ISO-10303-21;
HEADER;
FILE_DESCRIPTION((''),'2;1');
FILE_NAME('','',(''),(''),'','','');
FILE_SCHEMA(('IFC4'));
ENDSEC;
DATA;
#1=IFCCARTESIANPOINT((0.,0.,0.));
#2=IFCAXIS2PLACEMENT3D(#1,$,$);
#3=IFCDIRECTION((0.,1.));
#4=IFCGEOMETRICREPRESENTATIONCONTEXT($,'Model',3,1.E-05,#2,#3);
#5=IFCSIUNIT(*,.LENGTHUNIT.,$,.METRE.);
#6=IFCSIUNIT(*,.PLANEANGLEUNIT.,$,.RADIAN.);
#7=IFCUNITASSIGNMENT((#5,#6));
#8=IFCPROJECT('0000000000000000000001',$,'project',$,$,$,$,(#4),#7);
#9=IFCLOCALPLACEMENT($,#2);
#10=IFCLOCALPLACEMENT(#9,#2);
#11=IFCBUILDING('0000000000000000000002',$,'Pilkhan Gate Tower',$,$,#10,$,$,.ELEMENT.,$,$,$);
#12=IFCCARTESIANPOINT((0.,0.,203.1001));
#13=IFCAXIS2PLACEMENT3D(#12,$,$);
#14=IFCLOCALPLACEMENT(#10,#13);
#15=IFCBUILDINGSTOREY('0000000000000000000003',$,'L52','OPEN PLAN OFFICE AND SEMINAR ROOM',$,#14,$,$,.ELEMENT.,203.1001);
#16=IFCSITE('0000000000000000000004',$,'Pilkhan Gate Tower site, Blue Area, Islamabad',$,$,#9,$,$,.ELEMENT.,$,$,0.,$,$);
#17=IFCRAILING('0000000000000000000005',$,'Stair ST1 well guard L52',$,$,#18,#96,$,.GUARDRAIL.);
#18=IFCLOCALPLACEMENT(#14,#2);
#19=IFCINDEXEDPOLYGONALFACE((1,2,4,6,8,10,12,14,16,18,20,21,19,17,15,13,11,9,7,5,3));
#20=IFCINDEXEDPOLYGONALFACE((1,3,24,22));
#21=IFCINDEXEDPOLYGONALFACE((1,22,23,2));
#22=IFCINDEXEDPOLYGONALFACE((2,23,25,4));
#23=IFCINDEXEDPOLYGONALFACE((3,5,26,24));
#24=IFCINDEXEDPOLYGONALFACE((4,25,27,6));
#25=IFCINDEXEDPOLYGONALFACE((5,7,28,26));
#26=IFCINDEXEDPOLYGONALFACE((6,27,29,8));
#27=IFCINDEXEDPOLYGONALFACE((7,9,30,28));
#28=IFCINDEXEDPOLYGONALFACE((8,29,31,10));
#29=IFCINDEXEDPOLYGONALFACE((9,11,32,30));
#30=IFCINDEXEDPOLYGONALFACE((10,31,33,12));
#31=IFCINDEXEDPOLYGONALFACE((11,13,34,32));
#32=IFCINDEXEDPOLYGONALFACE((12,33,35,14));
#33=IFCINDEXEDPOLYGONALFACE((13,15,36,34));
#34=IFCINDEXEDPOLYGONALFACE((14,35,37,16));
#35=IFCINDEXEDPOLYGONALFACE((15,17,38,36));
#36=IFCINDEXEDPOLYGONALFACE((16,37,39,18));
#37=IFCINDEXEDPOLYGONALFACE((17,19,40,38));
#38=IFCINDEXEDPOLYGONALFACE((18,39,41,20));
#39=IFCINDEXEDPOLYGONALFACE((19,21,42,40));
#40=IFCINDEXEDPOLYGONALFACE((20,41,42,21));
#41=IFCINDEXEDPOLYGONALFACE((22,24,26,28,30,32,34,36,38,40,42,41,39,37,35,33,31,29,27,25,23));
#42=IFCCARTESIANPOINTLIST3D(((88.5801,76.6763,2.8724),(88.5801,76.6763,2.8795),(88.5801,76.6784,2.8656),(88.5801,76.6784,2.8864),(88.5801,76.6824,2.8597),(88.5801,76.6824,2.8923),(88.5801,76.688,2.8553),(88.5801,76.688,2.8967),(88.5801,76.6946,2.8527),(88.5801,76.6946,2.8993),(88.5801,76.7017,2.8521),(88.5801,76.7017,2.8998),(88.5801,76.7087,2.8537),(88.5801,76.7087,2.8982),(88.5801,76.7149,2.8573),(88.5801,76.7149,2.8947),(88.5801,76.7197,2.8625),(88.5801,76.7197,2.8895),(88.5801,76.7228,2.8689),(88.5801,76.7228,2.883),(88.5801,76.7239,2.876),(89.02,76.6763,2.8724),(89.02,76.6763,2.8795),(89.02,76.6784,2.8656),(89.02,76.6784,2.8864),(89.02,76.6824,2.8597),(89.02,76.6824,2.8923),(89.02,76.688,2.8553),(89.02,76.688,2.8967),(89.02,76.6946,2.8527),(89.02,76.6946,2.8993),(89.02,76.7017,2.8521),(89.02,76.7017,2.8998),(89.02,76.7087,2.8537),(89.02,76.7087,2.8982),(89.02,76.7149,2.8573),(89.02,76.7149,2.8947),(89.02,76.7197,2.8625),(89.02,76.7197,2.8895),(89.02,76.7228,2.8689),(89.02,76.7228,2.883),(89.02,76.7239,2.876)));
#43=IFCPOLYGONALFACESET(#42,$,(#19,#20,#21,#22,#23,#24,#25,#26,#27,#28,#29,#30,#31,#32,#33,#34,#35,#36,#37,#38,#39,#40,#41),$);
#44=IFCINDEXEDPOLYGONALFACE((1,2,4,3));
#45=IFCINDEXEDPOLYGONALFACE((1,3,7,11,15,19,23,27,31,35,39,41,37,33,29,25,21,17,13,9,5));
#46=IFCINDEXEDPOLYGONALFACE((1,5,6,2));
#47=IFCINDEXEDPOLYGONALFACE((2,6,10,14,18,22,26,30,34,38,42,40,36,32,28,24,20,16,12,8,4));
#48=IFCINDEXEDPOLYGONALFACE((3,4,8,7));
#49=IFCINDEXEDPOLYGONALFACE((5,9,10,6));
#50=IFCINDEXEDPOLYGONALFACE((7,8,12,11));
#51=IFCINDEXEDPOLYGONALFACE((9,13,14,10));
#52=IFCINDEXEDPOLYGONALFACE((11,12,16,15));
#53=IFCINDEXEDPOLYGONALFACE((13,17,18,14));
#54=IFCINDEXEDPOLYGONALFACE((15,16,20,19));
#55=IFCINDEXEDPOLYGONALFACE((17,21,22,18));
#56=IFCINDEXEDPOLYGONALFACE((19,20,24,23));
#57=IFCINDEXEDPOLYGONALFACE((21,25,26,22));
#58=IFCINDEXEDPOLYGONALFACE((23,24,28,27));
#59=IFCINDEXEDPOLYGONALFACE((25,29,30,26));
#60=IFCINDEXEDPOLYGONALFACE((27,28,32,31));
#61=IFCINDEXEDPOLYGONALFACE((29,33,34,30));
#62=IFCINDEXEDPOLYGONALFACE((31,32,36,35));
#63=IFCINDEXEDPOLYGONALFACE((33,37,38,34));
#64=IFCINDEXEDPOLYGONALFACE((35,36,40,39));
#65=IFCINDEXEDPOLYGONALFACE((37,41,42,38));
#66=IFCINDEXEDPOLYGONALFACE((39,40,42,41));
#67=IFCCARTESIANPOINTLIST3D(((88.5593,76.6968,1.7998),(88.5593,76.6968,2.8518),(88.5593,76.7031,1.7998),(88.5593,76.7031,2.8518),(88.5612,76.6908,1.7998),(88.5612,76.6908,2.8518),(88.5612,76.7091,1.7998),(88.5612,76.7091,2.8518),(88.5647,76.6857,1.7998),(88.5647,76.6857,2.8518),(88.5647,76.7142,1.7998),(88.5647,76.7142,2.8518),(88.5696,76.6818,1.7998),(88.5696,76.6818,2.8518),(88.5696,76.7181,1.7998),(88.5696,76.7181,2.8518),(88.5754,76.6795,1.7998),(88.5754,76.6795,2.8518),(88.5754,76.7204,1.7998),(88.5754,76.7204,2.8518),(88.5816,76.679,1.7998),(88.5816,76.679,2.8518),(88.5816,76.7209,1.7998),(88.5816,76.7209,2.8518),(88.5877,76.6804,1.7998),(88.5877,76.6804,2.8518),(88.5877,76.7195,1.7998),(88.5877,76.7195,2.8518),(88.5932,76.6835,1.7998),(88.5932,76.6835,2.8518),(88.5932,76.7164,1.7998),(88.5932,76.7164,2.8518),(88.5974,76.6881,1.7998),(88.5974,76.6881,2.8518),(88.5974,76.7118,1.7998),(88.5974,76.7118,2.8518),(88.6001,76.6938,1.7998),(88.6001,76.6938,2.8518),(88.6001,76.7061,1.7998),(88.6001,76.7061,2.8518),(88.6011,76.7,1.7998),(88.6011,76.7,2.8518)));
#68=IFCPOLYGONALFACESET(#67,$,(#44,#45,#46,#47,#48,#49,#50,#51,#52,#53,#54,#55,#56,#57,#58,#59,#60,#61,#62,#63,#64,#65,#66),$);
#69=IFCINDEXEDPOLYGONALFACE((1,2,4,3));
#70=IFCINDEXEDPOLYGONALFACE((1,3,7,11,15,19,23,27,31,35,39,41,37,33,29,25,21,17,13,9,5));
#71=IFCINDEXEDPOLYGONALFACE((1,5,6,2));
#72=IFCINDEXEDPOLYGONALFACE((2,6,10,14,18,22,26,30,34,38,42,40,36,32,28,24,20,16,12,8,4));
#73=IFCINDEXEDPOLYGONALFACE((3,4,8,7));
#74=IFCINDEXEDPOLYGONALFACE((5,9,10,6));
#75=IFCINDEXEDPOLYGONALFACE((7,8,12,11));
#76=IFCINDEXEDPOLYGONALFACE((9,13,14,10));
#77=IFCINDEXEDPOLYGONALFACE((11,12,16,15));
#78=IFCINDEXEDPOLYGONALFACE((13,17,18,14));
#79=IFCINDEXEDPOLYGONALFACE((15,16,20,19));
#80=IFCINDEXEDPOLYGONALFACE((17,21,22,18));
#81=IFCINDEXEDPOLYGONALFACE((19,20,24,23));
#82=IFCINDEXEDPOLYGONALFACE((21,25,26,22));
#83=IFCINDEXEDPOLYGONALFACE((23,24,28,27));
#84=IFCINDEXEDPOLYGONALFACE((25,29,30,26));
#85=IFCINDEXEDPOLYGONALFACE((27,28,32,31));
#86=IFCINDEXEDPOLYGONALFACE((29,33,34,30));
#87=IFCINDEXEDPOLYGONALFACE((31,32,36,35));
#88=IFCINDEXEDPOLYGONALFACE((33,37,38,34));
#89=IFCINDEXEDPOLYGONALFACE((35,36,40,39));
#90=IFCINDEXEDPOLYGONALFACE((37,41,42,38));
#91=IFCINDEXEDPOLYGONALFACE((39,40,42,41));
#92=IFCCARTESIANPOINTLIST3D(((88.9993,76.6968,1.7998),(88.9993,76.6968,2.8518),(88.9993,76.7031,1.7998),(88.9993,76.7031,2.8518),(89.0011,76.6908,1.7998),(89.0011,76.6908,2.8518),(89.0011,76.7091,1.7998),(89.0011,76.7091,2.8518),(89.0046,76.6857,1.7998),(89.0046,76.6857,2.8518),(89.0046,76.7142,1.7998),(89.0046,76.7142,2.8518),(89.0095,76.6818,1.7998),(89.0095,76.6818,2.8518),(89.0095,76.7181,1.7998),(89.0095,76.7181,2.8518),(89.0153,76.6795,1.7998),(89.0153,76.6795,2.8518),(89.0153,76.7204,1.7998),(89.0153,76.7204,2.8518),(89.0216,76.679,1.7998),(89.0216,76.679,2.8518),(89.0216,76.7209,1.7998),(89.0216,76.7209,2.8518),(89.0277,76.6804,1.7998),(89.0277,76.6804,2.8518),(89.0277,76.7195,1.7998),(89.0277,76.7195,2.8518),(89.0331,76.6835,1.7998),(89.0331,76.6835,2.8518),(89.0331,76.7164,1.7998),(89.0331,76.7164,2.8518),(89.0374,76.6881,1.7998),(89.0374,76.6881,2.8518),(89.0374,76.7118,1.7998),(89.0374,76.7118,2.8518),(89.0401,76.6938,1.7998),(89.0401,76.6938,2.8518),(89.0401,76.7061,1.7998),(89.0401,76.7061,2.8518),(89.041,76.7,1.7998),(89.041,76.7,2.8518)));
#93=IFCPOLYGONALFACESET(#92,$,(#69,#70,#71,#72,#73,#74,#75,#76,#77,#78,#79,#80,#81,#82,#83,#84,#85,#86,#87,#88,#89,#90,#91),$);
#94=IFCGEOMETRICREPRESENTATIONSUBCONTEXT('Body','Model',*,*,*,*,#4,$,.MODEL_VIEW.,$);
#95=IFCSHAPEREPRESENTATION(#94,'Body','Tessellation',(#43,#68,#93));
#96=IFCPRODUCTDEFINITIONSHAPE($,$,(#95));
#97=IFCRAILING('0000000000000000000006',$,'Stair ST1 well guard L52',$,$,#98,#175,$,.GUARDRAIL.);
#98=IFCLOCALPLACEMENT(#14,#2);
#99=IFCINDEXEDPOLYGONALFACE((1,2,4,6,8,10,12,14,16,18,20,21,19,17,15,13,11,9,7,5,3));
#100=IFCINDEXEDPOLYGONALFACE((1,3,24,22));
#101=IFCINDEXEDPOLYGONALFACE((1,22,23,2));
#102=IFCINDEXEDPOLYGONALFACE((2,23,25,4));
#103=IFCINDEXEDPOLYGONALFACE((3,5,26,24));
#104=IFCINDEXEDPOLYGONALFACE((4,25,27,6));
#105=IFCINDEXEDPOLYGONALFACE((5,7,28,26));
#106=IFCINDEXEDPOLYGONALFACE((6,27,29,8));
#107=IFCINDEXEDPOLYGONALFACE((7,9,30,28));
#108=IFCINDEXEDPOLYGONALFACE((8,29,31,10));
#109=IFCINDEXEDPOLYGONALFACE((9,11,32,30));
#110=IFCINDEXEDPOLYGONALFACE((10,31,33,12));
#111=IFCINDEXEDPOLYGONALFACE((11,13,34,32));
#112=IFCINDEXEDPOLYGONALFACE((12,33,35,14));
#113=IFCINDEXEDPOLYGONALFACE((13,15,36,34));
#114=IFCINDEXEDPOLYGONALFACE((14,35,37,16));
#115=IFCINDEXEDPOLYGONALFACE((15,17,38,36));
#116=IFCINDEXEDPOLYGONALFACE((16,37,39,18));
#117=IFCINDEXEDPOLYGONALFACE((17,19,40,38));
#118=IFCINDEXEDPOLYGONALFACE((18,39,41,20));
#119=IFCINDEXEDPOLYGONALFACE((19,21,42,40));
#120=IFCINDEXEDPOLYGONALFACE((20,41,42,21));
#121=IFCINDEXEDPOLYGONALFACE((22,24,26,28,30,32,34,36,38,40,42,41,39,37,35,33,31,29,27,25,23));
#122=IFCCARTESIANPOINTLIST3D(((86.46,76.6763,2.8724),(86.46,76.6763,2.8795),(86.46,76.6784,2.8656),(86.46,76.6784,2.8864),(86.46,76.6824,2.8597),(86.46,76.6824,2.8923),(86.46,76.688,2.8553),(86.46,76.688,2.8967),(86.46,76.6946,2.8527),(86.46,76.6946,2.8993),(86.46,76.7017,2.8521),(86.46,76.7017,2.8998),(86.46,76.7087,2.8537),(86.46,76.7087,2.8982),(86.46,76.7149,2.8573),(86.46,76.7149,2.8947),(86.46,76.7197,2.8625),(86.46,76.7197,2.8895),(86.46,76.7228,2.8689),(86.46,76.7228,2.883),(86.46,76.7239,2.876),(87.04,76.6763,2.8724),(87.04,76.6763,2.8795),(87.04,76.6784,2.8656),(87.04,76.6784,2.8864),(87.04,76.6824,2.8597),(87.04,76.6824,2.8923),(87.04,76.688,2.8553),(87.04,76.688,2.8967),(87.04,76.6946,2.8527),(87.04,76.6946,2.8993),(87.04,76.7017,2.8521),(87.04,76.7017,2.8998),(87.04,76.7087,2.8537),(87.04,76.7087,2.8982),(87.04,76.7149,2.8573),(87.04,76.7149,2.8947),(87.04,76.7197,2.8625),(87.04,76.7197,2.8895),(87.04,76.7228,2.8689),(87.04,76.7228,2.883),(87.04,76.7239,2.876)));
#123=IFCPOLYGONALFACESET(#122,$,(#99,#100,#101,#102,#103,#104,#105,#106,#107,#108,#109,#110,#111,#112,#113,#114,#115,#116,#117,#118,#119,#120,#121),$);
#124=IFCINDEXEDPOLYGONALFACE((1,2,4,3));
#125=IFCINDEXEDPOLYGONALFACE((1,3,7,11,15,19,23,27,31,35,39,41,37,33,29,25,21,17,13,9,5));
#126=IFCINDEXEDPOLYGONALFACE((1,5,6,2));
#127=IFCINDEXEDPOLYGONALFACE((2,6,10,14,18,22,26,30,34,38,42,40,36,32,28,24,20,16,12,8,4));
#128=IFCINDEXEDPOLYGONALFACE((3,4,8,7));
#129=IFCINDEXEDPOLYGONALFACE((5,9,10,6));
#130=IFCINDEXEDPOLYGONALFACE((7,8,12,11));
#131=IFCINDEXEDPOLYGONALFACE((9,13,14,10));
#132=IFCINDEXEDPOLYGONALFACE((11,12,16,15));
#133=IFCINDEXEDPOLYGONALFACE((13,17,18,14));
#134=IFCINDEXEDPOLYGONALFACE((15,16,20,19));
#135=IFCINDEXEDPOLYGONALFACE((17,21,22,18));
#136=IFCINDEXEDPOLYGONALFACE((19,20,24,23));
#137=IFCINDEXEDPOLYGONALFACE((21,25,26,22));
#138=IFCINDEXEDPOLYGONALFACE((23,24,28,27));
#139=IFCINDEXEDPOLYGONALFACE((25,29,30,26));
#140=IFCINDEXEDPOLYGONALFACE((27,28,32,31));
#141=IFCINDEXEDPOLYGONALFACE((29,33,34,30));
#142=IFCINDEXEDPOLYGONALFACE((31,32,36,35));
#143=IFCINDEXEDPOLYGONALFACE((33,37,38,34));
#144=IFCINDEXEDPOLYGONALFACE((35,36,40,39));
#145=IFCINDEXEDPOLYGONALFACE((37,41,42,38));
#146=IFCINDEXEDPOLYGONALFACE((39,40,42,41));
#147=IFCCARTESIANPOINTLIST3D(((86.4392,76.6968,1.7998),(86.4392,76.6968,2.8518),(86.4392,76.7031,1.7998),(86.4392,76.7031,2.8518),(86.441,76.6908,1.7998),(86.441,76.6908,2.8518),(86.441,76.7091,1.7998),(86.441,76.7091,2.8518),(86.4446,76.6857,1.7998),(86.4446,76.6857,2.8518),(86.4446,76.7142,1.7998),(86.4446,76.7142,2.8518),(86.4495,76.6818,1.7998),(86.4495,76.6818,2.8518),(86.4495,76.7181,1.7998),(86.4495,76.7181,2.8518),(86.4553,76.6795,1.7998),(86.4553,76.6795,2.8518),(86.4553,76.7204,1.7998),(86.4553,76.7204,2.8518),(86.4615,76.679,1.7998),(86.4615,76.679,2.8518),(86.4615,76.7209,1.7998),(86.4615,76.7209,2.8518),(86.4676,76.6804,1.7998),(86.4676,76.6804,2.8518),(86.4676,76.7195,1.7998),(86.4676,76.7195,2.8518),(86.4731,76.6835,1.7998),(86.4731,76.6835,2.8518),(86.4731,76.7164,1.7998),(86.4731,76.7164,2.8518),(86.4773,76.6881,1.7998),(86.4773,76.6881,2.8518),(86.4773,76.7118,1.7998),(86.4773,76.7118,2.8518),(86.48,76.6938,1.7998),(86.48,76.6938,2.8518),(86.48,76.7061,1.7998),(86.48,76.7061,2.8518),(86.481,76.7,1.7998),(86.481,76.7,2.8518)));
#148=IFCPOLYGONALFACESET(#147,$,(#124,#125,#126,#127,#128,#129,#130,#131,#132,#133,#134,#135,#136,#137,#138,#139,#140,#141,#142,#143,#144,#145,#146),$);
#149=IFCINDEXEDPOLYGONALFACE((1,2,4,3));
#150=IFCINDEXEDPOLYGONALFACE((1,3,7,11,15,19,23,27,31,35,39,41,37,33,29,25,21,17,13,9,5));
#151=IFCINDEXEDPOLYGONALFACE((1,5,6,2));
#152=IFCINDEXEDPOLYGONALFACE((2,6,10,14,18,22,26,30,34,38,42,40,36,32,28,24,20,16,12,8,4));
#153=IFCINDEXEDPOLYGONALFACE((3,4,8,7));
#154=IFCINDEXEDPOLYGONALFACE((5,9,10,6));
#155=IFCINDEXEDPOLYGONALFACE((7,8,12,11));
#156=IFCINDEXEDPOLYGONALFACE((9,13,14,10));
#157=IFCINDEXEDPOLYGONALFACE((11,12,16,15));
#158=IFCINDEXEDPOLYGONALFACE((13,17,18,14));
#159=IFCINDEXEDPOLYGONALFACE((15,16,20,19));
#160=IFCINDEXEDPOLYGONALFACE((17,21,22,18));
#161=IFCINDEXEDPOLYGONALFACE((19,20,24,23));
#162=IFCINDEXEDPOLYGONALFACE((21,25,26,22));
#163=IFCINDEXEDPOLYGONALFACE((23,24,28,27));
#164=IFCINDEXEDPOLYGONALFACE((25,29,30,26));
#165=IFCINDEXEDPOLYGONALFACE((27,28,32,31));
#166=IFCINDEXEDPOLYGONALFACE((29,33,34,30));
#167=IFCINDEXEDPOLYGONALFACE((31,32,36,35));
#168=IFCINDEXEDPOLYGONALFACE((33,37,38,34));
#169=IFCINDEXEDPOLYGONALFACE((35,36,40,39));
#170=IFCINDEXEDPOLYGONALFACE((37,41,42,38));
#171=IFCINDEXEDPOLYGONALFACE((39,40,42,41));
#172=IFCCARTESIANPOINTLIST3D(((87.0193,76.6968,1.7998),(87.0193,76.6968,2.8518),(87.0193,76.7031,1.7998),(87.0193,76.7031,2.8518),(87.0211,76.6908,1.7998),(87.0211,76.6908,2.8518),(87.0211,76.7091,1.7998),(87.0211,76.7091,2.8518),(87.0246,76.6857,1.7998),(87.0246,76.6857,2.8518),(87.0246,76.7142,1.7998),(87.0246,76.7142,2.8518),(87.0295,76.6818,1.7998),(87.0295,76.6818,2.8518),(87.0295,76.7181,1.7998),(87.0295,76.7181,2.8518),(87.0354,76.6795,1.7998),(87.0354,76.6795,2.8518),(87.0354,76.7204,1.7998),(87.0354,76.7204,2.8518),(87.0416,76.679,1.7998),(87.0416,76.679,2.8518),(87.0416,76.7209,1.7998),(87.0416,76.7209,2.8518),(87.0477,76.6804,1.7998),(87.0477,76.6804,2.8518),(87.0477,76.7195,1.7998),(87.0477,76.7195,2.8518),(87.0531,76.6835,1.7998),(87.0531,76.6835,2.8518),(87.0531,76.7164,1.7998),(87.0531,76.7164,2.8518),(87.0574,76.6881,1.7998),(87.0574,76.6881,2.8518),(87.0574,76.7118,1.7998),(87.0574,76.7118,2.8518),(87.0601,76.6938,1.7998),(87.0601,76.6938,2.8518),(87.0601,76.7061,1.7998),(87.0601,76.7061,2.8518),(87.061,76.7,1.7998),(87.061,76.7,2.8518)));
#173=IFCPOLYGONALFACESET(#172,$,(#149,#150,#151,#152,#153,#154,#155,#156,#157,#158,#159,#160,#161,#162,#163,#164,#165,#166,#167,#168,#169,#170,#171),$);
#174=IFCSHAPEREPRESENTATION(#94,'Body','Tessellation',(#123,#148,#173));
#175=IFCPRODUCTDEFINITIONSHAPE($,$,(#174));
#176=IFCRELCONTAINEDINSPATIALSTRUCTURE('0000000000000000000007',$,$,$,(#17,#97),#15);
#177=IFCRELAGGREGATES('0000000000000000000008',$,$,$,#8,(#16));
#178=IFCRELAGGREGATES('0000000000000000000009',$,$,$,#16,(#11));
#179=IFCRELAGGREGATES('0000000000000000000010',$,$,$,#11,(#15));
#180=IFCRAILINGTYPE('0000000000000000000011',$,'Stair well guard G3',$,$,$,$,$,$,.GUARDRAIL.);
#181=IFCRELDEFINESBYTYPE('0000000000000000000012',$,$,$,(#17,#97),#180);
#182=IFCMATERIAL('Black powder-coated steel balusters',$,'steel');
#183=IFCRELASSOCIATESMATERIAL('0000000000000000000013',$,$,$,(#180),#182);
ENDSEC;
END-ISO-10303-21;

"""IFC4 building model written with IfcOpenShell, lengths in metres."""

from ifc_helpers import new_model, si_unit, direction, frame, origin, origin_2d, place, context, subcontext, project, spatial, circle, extrude, material, type_object, element, save


model = new_model("IFC4")

# Units and contexts
model_context = context("Model", 3, precision=1e-05, world=origin(), true_north=direction((0.0, 1.0)))
body_context = subcontext(model_context, "Body", "Model", "MODEL_VIEW")
ifc_project = project(units=[si_unit("LENGTHUNIT", "METRE"), si_unit("PLANEANGLEUNIT", "RADIAN")], contexts=[model_context])

# Site, building, storey
site_placement = place(None, origin())
site = spatial("IfcSite", under=ifc_project, at=site_placement, Name="Pilkhan Gate Tower site, Blue Area, Islamabad", CompositionType="ELEMENT", RefElevation=0.0)
building_placement = place(site_placement, origin())
building = spatial("IfcBuilding", under=site, at=building_placement, Name="Pilkhan Gate Tower", CompositionType="ELEMENT")
storey_placement = place(building_placement, frame((0.0, 0.0, 203.1001)))
storey = spatial("IfcBuildingStorey", under=building, at=storey_placement, Name="L52", Description="OPEN PLAN OFFICE AND SEMINAR ROOM", CompositionType="ELEMENT", Elevation=203.1001)

# Railings
ifc_material_1 = material(Name="Black powder-coated steel balusters", Category="steel")
railing_type_1 = type_object("IfcRailingType", Name="Stair well guard G3", PredefinedType="GUARDRAIL", material=ifc_material_1)
railing_1_placement = place(storey_placement, frame((88.5801, 76.7, 1.7998)))
element("IfcRailing", 1, at=railing_1_placement, inside=storey, type_object=railing_type_1, Name="Stair ST1 well guard L52", PredefinedType="GUARDRAIL", context=body_context, shape_type="SweptSolid", body=[
    extrude(circle(Radius=0.0239, at=origin_2d()), frame((0.0, 0.0, 1.0762), z_axis=(1.0, 0.0, 0.0), x_axis=(0.0, 1.0, 0.0)), (0.0, 0.0, 1.0), 0.4399),
    extrude(circle(Radius=0.021, at=origin_2d()), origin(), (0.0, 0.0, 1.0), 1.052),
    extrude(circle(Radius=0.021, at=origin_2d()), frame((0.4399, 0.0, 0.0)), (0.0, 0.0, 1.0), 1.052),
])
for number, where, name in (
    (2, (86.46, 76.7, 1.7998), "Stair ST1 well guard L52"),
):
    element("IfcRailing", number, at=place(storey_placement, frame(where)), inside=storey, type_object=railing_type_1, Name=name, PredefinedType="GUARDRAIL", context=body_context, shape_type="SweptSolid", body=[
        extrude(circle(Radius=0.0239, at=origin_2d()), frame((0.0, 0.0, 1.0762), z_axis=(1.0, 0.0, 0.0), x_axis=(0.0, 1.0, 0.0)), (0.0, 0.0, 1.0), 0.5801),
        extrude(circle(Radius=0.021, at=origin_2d()), origin(), (0.0, 0.0, 1.0), 1.052),
        extrude(circle(Radius=0.021, at=origin_2d()), frame((0.5801, 0.0, 0.0)), (0.0, 0.0, 1.0), 1.052),
    ])

save(model, "model.ifc")
